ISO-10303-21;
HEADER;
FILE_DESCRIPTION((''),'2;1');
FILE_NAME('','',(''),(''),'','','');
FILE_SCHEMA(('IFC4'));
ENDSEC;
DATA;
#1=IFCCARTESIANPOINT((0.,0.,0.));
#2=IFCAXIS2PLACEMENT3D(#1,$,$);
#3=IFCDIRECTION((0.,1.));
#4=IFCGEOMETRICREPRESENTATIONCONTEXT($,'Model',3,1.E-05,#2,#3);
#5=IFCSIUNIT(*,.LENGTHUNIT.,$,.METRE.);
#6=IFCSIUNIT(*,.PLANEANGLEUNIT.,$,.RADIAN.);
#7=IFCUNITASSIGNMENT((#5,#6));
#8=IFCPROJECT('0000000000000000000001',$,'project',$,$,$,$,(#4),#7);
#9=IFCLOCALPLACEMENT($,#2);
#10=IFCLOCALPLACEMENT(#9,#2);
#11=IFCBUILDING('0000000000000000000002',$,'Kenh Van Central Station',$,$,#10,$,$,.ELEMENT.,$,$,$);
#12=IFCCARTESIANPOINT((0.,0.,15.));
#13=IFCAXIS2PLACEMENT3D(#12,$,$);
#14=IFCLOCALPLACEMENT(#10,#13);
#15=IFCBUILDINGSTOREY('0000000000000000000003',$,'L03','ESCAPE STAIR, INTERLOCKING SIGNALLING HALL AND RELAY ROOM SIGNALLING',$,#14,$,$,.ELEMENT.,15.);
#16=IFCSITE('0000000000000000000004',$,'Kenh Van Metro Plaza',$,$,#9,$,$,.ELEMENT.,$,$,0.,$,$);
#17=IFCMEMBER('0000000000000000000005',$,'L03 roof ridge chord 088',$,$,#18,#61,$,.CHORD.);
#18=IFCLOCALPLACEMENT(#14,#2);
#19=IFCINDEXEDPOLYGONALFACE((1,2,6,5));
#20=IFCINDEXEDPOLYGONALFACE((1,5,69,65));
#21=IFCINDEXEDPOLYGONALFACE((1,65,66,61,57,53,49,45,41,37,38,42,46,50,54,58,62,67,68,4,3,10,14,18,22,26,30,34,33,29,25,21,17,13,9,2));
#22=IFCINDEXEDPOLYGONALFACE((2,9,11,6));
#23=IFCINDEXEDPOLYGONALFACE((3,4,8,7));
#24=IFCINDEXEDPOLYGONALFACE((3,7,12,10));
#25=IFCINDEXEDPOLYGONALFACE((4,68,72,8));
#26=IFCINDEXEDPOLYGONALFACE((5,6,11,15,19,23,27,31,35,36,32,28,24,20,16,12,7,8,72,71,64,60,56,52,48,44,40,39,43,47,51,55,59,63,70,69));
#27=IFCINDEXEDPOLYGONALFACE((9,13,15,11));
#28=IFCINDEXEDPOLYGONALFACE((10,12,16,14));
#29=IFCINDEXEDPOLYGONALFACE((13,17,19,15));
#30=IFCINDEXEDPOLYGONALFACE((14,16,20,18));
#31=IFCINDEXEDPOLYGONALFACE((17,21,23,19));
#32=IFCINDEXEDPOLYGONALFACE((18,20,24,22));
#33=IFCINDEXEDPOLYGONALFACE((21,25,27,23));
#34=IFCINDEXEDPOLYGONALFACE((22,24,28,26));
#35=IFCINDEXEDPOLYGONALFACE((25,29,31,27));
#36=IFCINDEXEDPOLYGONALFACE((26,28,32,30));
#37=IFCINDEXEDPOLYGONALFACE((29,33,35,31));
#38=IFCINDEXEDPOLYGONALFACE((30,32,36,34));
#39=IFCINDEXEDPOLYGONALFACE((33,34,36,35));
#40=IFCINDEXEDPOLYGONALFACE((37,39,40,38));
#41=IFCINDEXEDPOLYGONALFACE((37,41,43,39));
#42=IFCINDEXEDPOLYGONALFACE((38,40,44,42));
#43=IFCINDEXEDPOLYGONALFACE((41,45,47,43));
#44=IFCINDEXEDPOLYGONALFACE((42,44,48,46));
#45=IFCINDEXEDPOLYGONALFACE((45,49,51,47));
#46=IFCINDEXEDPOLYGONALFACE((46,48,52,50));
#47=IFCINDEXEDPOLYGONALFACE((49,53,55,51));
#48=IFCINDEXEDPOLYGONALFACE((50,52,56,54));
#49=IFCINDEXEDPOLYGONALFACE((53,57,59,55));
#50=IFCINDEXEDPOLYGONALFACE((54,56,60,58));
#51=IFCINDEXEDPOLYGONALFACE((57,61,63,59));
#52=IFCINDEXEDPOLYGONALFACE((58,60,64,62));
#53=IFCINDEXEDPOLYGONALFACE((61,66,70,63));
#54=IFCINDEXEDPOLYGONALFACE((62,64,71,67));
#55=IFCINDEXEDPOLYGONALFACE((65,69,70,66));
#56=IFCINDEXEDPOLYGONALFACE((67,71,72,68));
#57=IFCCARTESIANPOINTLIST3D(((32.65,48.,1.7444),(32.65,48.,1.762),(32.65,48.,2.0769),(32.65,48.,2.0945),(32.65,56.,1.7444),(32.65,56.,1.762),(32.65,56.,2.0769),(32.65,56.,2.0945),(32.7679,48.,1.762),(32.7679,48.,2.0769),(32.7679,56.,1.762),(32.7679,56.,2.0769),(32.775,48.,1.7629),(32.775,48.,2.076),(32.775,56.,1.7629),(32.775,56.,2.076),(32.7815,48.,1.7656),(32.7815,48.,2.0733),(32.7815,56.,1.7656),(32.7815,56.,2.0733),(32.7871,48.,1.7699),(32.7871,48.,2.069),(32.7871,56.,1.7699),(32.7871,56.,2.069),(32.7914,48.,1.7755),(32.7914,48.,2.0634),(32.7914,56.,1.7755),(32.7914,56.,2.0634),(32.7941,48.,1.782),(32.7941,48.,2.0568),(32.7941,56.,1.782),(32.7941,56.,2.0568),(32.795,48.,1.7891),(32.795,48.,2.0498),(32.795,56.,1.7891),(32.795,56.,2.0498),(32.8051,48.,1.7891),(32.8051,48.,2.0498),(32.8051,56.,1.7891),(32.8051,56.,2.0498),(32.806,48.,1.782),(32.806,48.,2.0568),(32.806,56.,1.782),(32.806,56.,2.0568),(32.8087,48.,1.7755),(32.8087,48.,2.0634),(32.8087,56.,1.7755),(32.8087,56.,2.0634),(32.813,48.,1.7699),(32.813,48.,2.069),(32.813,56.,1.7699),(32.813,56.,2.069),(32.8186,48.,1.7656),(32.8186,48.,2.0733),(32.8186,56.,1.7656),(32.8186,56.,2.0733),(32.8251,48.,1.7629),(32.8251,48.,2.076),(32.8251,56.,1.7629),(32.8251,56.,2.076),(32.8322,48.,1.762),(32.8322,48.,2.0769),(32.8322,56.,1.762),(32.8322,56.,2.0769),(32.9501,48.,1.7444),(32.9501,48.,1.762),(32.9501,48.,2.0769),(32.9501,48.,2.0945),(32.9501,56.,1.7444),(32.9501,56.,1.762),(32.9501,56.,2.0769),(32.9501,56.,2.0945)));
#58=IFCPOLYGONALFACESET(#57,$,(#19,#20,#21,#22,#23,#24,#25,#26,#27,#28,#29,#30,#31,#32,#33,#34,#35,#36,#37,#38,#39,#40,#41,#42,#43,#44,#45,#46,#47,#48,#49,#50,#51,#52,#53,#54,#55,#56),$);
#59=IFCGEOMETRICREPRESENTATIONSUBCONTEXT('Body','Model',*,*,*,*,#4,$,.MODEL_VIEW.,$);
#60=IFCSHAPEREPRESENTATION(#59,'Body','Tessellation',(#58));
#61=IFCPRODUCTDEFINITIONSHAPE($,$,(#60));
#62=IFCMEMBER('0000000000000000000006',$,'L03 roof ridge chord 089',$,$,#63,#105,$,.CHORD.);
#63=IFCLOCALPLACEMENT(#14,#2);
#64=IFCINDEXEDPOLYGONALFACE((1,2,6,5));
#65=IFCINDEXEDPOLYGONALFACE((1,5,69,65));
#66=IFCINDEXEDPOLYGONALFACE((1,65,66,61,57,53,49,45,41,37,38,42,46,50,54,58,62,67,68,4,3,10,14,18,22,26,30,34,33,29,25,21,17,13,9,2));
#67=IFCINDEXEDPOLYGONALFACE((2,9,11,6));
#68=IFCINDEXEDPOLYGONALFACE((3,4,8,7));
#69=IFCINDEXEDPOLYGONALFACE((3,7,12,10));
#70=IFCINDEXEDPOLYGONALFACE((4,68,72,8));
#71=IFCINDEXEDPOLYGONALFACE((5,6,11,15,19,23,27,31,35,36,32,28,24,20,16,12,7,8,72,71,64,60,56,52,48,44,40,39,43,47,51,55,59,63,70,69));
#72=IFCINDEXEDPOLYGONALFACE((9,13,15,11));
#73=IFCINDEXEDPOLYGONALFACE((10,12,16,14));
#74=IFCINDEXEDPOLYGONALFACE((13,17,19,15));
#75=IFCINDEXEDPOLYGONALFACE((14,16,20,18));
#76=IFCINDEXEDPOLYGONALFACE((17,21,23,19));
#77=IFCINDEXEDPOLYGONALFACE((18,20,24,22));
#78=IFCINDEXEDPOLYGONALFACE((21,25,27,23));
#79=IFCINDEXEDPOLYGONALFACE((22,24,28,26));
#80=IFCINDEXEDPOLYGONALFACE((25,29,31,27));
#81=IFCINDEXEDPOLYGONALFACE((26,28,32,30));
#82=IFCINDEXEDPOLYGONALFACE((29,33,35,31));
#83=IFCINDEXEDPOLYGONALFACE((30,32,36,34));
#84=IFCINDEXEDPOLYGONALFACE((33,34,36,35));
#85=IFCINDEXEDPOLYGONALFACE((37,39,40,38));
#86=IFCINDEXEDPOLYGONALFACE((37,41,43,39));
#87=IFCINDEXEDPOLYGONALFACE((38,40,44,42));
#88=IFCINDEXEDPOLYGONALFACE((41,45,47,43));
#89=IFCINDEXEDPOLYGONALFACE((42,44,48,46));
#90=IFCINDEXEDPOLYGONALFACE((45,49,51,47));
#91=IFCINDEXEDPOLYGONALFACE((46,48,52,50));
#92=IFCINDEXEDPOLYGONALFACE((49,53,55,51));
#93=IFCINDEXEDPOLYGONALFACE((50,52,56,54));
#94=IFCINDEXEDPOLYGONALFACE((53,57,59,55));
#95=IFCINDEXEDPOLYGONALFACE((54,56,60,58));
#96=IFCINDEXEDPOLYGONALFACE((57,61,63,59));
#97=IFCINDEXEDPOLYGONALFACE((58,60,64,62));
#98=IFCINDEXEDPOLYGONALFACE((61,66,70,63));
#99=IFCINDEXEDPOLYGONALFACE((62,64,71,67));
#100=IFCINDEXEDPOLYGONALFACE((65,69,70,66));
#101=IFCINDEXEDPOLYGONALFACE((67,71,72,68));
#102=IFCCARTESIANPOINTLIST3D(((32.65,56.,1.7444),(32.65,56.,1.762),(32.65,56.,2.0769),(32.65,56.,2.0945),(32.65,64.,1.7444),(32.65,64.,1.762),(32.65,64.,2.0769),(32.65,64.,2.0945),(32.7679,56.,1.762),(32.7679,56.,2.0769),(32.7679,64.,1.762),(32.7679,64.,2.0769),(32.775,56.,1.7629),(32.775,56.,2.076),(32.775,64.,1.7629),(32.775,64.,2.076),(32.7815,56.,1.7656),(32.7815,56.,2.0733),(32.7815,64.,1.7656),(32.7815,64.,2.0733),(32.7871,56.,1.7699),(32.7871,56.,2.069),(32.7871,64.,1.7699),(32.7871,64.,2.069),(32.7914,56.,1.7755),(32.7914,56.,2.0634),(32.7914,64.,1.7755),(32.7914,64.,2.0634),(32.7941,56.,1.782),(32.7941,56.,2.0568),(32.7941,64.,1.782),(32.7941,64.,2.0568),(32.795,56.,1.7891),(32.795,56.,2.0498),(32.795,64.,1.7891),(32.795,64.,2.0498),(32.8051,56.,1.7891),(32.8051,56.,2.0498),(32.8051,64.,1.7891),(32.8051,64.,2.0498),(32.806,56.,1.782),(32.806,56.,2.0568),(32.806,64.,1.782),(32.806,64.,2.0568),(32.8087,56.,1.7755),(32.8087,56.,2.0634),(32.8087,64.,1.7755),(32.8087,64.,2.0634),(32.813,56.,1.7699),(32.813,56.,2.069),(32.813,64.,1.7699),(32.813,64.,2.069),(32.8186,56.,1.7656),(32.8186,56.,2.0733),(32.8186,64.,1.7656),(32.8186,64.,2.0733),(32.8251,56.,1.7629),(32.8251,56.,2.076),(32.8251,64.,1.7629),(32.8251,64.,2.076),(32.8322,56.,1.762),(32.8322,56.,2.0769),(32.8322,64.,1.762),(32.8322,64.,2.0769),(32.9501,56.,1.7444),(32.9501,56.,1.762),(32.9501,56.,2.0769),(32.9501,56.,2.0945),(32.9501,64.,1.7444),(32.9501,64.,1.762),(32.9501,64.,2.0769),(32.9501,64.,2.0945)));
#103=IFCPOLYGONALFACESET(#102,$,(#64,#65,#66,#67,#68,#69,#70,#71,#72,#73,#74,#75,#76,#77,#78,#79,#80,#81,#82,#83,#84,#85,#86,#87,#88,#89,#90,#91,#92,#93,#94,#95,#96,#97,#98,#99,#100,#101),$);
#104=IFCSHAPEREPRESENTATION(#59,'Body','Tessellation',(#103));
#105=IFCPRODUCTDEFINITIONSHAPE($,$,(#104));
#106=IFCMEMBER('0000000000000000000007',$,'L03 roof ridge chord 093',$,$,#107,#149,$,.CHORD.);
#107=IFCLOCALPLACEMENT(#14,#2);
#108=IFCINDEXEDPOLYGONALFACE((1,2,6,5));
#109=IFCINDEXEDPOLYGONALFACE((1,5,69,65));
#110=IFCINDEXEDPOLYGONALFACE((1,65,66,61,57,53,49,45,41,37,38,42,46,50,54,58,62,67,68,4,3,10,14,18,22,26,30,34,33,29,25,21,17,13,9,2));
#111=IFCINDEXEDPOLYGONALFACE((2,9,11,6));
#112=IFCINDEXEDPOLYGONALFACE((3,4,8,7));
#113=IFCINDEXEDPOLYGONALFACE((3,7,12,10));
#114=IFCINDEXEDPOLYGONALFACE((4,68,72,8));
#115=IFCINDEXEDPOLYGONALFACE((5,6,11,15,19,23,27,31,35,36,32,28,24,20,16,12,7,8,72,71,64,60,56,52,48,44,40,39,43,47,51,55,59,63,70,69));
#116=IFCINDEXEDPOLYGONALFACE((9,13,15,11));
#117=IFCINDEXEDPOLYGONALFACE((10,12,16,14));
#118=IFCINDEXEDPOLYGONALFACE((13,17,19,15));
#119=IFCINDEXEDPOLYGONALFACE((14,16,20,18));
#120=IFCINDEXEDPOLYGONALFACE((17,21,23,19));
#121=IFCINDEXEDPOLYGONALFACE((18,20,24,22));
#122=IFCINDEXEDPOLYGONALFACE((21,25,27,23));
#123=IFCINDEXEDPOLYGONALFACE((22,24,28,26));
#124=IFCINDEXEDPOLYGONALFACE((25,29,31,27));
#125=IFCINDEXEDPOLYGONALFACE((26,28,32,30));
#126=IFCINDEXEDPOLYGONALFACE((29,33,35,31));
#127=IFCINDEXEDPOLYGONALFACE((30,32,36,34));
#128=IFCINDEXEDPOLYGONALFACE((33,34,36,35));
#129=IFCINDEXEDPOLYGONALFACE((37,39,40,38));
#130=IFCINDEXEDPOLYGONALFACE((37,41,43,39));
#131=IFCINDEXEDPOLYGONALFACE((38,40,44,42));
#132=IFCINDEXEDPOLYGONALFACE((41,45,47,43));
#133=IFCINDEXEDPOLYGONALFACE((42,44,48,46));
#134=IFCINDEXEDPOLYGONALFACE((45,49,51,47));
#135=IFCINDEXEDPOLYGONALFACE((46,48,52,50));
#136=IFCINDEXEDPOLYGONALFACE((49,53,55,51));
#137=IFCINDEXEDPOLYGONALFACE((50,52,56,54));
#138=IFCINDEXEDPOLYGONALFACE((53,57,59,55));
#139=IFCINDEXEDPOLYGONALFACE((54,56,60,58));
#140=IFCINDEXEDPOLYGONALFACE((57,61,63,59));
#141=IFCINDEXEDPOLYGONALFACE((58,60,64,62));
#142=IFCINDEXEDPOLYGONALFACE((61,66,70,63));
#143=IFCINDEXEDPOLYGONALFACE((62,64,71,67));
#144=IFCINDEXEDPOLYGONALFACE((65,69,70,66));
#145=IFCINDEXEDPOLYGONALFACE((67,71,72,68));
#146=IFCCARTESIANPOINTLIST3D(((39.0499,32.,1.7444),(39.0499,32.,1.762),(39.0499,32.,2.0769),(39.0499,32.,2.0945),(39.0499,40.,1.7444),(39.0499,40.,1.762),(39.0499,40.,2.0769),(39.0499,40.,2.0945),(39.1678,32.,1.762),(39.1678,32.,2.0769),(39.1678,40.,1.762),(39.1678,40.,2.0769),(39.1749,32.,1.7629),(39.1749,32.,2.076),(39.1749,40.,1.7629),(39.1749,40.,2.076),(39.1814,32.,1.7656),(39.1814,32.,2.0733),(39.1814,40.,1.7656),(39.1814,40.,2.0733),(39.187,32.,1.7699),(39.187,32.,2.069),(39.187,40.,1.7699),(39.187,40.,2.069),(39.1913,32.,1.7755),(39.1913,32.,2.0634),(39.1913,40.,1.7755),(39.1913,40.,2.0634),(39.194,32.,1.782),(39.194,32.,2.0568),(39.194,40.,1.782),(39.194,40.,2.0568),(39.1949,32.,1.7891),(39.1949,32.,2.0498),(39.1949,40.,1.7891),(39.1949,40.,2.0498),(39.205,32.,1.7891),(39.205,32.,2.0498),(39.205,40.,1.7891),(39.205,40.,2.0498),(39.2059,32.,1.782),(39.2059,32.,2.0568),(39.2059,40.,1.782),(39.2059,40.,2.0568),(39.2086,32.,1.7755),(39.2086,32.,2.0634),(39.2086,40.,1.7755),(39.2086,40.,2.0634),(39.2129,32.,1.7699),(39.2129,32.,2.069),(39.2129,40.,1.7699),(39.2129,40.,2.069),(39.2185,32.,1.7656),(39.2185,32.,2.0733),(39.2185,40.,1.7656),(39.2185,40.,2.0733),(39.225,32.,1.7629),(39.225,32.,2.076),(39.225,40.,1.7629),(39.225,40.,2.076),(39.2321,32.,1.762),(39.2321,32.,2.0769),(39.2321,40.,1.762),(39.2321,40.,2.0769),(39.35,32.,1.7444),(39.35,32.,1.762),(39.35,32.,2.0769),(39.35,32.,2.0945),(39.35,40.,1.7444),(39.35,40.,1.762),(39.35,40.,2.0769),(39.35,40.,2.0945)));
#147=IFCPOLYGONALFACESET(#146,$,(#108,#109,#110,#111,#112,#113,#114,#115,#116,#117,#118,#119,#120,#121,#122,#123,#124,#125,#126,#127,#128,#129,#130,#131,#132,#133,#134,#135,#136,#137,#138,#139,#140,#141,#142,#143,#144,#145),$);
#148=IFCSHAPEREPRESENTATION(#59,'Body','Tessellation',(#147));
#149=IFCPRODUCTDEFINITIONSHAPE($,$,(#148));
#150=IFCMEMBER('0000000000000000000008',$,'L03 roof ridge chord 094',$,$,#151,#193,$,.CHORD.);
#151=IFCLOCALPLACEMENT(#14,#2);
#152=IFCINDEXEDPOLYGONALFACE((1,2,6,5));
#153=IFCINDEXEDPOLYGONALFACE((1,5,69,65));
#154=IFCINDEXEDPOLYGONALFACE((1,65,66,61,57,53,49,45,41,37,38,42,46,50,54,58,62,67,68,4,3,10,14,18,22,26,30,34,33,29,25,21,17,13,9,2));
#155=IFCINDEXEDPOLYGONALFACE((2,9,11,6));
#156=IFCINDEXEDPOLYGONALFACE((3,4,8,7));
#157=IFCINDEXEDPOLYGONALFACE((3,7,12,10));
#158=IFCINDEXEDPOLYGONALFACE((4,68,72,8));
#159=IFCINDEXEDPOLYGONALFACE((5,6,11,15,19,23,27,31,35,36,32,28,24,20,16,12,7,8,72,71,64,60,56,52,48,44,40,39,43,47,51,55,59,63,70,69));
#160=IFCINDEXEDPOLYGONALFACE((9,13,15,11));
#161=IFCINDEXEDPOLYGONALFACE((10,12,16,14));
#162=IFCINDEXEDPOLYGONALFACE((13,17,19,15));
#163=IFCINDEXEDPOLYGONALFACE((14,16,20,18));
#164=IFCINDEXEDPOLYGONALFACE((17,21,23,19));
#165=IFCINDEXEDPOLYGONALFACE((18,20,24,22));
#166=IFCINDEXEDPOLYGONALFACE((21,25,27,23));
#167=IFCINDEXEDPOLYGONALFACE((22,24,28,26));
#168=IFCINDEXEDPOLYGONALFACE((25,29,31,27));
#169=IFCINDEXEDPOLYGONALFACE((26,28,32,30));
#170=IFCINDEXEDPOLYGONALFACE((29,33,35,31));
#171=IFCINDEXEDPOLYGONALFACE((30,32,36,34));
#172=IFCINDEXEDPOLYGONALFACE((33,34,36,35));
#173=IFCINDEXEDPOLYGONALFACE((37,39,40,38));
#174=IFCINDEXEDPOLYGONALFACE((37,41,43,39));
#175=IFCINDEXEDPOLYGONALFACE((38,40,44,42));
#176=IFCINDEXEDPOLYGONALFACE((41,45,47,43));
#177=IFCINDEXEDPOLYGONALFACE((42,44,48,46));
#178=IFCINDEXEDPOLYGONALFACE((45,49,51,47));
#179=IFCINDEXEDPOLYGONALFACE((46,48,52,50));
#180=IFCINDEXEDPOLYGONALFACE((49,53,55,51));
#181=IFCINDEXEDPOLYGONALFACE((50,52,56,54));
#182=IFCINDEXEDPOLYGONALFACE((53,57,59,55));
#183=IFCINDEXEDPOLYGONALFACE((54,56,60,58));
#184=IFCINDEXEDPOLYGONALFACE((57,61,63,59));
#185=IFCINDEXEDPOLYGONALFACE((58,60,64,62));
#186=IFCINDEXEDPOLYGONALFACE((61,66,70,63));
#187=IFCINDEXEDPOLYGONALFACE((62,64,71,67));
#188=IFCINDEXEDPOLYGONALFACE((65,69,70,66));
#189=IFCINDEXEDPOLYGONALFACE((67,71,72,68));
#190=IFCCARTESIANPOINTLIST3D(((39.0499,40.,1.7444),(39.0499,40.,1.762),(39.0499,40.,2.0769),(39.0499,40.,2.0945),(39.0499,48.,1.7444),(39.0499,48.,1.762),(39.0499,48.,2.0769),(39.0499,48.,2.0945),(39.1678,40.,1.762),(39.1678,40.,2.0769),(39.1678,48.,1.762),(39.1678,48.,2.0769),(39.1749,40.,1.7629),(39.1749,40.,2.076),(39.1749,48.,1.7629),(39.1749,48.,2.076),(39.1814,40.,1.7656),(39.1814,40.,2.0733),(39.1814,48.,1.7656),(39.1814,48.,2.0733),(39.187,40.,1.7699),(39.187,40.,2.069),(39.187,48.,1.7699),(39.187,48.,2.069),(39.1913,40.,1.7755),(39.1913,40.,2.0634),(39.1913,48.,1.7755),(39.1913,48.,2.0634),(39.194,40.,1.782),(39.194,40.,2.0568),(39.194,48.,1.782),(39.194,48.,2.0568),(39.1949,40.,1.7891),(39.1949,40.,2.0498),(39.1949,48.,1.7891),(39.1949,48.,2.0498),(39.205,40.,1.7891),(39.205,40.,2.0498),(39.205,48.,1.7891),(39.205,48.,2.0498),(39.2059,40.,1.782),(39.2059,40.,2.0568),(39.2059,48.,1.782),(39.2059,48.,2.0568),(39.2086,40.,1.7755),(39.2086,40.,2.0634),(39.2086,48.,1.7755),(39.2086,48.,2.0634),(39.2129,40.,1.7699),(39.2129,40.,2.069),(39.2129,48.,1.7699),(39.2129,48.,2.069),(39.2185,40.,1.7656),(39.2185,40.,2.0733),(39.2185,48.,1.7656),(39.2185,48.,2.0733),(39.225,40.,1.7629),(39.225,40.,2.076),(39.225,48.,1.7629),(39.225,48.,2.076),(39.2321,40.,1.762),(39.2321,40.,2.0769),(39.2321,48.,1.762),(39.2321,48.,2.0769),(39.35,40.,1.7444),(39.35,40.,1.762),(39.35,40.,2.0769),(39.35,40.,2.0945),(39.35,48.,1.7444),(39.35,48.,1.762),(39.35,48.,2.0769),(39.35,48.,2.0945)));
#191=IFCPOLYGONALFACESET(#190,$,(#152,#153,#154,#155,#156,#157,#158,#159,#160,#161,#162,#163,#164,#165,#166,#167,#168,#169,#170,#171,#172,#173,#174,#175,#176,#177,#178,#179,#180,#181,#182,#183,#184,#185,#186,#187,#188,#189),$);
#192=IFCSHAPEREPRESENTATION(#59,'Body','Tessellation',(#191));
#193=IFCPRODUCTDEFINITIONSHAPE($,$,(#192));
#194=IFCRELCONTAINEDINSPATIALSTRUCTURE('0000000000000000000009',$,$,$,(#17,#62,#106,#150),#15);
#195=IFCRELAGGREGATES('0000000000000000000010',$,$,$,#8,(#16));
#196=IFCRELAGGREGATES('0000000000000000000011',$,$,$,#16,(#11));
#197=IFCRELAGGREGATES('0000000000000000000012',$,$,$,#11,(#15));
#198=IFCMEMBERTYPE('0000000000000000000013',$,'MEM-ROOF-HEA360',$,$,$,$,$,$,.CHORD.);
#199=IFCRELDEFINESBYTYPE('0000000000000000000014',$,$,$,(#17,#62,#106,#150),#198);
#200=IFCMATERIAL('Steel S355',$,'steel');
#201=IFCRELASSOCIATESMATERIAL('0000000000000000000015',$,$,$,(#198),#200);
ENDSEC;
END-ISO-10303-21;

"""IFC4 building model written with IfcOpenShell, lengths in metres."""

from ifc_helpers import new_model, si_unit, direction, frame, origin, origin_2d, place, context, subcontext, project, spatial, i_section, extrude, material, material_profile, profile_set, type_object, element, save


model = new_model("IFC4")

# Units and contexts
model_context = context("Model", 3, precision=1e-05, world=origin(), true_north=direction((0.0, 1.0)))
body_context = subcontext(model_context, "Body", "Model", "MODEL_VIEW")
ifc_project = project(units=[si_unit("LENGTHUNIT", "METRE"), si_unit("PLANEANGLEUNIT", "RADIAN")], contexts=[model_context])

# Site, building, storey
site_placement = place(None, origin())
site = spatial("IfcSite", under=ifc_project, at=site_placement, Name="Kenh Van Metro Plaza", CompositionType="ELEMENT", RefElevation=0.0)
building_placement = place(site_placement, origin())
building = spatial("IfcBuilding", under=site, at=building_placement, Name="Kenh Van Central Station", CompositionType="ELEMENT")
storey_placement = place(building_placement, frame((0.0, 0.0, 15.0)))
storey = spatial("IfcBuildingStorey", under=building, at=storey_placement, Name="L03", Description="ESCAPE STAIR, INTERLOCKING SIGNALLING HALL AND RELAY ROOM SIGNALLING", CompositionType="ELEMENT", Elevation=15.0)

# Shared definitions
ifc_material_1 = material(Name="Steel S355", Category="steel")

# Members
ifc_material_profile_1 = material_profile(ifc_material_1, i_section(OverallWidth=0.3, OverallDepth=0.3501, WebThickness=0.01, FlangeThickness=0.0176, FilletRadius=0.0271, at=origin_2d()), Name="HEA 360")
ifc_profile_set_1 = profile_set([ifc_material_profile_1], Name="Steel S355")
member_type_1 = type_object("IfcMemberType", Name="MEM-ROOF-HEA360", PredefinedType="CHORD", material=ifc_profile_set_1)
for number, where, z_axis, x_axis, name in (
    (1, (32.8, 48.0, 1.9194), (0.0, 1.0, 0.0), (-1.0, 0.0, 0.0), "L03 roof ridge chord 088"),
    (2, (32.8, 56.0, 1.9194), (0.0, 1.0, 0.0), (-1.0, 0.0, 0.0), "L03 roof ridge chord 089"),
    (3, (39.2, 32.0, 1.9194), (0.0, 1.0, 0.0), (-1.0, 0.0, 0.0), "L03 roof ridge chord 093"),
    (4, (39.2, 40.0, 1.9194), (0.0, 1.0, 0.0), (-1.0, 0.0, 0.0), "L03 roof ridge chord 094"),
):
    element("IfcMember", number, at=place(storey_placement, frame(where, z_axis=z_axis, x_axis=x_axis)), inside=storey, type_object=member_type_1, Name=name, PredefinedType="CHORD", context=body_context, shape_type="SweptSolid", body=[
        extrude(i_section(OverallWidth=0.3, OverallDepth=0.3501, WebThickness=0.01, FlangeThickness=0.0176, FilletRadius=0.0271, at=origin_2d()), origin(), (0.0, 0.0, 1.0), 8.0),
    ])

save(model, "model.ifc")
